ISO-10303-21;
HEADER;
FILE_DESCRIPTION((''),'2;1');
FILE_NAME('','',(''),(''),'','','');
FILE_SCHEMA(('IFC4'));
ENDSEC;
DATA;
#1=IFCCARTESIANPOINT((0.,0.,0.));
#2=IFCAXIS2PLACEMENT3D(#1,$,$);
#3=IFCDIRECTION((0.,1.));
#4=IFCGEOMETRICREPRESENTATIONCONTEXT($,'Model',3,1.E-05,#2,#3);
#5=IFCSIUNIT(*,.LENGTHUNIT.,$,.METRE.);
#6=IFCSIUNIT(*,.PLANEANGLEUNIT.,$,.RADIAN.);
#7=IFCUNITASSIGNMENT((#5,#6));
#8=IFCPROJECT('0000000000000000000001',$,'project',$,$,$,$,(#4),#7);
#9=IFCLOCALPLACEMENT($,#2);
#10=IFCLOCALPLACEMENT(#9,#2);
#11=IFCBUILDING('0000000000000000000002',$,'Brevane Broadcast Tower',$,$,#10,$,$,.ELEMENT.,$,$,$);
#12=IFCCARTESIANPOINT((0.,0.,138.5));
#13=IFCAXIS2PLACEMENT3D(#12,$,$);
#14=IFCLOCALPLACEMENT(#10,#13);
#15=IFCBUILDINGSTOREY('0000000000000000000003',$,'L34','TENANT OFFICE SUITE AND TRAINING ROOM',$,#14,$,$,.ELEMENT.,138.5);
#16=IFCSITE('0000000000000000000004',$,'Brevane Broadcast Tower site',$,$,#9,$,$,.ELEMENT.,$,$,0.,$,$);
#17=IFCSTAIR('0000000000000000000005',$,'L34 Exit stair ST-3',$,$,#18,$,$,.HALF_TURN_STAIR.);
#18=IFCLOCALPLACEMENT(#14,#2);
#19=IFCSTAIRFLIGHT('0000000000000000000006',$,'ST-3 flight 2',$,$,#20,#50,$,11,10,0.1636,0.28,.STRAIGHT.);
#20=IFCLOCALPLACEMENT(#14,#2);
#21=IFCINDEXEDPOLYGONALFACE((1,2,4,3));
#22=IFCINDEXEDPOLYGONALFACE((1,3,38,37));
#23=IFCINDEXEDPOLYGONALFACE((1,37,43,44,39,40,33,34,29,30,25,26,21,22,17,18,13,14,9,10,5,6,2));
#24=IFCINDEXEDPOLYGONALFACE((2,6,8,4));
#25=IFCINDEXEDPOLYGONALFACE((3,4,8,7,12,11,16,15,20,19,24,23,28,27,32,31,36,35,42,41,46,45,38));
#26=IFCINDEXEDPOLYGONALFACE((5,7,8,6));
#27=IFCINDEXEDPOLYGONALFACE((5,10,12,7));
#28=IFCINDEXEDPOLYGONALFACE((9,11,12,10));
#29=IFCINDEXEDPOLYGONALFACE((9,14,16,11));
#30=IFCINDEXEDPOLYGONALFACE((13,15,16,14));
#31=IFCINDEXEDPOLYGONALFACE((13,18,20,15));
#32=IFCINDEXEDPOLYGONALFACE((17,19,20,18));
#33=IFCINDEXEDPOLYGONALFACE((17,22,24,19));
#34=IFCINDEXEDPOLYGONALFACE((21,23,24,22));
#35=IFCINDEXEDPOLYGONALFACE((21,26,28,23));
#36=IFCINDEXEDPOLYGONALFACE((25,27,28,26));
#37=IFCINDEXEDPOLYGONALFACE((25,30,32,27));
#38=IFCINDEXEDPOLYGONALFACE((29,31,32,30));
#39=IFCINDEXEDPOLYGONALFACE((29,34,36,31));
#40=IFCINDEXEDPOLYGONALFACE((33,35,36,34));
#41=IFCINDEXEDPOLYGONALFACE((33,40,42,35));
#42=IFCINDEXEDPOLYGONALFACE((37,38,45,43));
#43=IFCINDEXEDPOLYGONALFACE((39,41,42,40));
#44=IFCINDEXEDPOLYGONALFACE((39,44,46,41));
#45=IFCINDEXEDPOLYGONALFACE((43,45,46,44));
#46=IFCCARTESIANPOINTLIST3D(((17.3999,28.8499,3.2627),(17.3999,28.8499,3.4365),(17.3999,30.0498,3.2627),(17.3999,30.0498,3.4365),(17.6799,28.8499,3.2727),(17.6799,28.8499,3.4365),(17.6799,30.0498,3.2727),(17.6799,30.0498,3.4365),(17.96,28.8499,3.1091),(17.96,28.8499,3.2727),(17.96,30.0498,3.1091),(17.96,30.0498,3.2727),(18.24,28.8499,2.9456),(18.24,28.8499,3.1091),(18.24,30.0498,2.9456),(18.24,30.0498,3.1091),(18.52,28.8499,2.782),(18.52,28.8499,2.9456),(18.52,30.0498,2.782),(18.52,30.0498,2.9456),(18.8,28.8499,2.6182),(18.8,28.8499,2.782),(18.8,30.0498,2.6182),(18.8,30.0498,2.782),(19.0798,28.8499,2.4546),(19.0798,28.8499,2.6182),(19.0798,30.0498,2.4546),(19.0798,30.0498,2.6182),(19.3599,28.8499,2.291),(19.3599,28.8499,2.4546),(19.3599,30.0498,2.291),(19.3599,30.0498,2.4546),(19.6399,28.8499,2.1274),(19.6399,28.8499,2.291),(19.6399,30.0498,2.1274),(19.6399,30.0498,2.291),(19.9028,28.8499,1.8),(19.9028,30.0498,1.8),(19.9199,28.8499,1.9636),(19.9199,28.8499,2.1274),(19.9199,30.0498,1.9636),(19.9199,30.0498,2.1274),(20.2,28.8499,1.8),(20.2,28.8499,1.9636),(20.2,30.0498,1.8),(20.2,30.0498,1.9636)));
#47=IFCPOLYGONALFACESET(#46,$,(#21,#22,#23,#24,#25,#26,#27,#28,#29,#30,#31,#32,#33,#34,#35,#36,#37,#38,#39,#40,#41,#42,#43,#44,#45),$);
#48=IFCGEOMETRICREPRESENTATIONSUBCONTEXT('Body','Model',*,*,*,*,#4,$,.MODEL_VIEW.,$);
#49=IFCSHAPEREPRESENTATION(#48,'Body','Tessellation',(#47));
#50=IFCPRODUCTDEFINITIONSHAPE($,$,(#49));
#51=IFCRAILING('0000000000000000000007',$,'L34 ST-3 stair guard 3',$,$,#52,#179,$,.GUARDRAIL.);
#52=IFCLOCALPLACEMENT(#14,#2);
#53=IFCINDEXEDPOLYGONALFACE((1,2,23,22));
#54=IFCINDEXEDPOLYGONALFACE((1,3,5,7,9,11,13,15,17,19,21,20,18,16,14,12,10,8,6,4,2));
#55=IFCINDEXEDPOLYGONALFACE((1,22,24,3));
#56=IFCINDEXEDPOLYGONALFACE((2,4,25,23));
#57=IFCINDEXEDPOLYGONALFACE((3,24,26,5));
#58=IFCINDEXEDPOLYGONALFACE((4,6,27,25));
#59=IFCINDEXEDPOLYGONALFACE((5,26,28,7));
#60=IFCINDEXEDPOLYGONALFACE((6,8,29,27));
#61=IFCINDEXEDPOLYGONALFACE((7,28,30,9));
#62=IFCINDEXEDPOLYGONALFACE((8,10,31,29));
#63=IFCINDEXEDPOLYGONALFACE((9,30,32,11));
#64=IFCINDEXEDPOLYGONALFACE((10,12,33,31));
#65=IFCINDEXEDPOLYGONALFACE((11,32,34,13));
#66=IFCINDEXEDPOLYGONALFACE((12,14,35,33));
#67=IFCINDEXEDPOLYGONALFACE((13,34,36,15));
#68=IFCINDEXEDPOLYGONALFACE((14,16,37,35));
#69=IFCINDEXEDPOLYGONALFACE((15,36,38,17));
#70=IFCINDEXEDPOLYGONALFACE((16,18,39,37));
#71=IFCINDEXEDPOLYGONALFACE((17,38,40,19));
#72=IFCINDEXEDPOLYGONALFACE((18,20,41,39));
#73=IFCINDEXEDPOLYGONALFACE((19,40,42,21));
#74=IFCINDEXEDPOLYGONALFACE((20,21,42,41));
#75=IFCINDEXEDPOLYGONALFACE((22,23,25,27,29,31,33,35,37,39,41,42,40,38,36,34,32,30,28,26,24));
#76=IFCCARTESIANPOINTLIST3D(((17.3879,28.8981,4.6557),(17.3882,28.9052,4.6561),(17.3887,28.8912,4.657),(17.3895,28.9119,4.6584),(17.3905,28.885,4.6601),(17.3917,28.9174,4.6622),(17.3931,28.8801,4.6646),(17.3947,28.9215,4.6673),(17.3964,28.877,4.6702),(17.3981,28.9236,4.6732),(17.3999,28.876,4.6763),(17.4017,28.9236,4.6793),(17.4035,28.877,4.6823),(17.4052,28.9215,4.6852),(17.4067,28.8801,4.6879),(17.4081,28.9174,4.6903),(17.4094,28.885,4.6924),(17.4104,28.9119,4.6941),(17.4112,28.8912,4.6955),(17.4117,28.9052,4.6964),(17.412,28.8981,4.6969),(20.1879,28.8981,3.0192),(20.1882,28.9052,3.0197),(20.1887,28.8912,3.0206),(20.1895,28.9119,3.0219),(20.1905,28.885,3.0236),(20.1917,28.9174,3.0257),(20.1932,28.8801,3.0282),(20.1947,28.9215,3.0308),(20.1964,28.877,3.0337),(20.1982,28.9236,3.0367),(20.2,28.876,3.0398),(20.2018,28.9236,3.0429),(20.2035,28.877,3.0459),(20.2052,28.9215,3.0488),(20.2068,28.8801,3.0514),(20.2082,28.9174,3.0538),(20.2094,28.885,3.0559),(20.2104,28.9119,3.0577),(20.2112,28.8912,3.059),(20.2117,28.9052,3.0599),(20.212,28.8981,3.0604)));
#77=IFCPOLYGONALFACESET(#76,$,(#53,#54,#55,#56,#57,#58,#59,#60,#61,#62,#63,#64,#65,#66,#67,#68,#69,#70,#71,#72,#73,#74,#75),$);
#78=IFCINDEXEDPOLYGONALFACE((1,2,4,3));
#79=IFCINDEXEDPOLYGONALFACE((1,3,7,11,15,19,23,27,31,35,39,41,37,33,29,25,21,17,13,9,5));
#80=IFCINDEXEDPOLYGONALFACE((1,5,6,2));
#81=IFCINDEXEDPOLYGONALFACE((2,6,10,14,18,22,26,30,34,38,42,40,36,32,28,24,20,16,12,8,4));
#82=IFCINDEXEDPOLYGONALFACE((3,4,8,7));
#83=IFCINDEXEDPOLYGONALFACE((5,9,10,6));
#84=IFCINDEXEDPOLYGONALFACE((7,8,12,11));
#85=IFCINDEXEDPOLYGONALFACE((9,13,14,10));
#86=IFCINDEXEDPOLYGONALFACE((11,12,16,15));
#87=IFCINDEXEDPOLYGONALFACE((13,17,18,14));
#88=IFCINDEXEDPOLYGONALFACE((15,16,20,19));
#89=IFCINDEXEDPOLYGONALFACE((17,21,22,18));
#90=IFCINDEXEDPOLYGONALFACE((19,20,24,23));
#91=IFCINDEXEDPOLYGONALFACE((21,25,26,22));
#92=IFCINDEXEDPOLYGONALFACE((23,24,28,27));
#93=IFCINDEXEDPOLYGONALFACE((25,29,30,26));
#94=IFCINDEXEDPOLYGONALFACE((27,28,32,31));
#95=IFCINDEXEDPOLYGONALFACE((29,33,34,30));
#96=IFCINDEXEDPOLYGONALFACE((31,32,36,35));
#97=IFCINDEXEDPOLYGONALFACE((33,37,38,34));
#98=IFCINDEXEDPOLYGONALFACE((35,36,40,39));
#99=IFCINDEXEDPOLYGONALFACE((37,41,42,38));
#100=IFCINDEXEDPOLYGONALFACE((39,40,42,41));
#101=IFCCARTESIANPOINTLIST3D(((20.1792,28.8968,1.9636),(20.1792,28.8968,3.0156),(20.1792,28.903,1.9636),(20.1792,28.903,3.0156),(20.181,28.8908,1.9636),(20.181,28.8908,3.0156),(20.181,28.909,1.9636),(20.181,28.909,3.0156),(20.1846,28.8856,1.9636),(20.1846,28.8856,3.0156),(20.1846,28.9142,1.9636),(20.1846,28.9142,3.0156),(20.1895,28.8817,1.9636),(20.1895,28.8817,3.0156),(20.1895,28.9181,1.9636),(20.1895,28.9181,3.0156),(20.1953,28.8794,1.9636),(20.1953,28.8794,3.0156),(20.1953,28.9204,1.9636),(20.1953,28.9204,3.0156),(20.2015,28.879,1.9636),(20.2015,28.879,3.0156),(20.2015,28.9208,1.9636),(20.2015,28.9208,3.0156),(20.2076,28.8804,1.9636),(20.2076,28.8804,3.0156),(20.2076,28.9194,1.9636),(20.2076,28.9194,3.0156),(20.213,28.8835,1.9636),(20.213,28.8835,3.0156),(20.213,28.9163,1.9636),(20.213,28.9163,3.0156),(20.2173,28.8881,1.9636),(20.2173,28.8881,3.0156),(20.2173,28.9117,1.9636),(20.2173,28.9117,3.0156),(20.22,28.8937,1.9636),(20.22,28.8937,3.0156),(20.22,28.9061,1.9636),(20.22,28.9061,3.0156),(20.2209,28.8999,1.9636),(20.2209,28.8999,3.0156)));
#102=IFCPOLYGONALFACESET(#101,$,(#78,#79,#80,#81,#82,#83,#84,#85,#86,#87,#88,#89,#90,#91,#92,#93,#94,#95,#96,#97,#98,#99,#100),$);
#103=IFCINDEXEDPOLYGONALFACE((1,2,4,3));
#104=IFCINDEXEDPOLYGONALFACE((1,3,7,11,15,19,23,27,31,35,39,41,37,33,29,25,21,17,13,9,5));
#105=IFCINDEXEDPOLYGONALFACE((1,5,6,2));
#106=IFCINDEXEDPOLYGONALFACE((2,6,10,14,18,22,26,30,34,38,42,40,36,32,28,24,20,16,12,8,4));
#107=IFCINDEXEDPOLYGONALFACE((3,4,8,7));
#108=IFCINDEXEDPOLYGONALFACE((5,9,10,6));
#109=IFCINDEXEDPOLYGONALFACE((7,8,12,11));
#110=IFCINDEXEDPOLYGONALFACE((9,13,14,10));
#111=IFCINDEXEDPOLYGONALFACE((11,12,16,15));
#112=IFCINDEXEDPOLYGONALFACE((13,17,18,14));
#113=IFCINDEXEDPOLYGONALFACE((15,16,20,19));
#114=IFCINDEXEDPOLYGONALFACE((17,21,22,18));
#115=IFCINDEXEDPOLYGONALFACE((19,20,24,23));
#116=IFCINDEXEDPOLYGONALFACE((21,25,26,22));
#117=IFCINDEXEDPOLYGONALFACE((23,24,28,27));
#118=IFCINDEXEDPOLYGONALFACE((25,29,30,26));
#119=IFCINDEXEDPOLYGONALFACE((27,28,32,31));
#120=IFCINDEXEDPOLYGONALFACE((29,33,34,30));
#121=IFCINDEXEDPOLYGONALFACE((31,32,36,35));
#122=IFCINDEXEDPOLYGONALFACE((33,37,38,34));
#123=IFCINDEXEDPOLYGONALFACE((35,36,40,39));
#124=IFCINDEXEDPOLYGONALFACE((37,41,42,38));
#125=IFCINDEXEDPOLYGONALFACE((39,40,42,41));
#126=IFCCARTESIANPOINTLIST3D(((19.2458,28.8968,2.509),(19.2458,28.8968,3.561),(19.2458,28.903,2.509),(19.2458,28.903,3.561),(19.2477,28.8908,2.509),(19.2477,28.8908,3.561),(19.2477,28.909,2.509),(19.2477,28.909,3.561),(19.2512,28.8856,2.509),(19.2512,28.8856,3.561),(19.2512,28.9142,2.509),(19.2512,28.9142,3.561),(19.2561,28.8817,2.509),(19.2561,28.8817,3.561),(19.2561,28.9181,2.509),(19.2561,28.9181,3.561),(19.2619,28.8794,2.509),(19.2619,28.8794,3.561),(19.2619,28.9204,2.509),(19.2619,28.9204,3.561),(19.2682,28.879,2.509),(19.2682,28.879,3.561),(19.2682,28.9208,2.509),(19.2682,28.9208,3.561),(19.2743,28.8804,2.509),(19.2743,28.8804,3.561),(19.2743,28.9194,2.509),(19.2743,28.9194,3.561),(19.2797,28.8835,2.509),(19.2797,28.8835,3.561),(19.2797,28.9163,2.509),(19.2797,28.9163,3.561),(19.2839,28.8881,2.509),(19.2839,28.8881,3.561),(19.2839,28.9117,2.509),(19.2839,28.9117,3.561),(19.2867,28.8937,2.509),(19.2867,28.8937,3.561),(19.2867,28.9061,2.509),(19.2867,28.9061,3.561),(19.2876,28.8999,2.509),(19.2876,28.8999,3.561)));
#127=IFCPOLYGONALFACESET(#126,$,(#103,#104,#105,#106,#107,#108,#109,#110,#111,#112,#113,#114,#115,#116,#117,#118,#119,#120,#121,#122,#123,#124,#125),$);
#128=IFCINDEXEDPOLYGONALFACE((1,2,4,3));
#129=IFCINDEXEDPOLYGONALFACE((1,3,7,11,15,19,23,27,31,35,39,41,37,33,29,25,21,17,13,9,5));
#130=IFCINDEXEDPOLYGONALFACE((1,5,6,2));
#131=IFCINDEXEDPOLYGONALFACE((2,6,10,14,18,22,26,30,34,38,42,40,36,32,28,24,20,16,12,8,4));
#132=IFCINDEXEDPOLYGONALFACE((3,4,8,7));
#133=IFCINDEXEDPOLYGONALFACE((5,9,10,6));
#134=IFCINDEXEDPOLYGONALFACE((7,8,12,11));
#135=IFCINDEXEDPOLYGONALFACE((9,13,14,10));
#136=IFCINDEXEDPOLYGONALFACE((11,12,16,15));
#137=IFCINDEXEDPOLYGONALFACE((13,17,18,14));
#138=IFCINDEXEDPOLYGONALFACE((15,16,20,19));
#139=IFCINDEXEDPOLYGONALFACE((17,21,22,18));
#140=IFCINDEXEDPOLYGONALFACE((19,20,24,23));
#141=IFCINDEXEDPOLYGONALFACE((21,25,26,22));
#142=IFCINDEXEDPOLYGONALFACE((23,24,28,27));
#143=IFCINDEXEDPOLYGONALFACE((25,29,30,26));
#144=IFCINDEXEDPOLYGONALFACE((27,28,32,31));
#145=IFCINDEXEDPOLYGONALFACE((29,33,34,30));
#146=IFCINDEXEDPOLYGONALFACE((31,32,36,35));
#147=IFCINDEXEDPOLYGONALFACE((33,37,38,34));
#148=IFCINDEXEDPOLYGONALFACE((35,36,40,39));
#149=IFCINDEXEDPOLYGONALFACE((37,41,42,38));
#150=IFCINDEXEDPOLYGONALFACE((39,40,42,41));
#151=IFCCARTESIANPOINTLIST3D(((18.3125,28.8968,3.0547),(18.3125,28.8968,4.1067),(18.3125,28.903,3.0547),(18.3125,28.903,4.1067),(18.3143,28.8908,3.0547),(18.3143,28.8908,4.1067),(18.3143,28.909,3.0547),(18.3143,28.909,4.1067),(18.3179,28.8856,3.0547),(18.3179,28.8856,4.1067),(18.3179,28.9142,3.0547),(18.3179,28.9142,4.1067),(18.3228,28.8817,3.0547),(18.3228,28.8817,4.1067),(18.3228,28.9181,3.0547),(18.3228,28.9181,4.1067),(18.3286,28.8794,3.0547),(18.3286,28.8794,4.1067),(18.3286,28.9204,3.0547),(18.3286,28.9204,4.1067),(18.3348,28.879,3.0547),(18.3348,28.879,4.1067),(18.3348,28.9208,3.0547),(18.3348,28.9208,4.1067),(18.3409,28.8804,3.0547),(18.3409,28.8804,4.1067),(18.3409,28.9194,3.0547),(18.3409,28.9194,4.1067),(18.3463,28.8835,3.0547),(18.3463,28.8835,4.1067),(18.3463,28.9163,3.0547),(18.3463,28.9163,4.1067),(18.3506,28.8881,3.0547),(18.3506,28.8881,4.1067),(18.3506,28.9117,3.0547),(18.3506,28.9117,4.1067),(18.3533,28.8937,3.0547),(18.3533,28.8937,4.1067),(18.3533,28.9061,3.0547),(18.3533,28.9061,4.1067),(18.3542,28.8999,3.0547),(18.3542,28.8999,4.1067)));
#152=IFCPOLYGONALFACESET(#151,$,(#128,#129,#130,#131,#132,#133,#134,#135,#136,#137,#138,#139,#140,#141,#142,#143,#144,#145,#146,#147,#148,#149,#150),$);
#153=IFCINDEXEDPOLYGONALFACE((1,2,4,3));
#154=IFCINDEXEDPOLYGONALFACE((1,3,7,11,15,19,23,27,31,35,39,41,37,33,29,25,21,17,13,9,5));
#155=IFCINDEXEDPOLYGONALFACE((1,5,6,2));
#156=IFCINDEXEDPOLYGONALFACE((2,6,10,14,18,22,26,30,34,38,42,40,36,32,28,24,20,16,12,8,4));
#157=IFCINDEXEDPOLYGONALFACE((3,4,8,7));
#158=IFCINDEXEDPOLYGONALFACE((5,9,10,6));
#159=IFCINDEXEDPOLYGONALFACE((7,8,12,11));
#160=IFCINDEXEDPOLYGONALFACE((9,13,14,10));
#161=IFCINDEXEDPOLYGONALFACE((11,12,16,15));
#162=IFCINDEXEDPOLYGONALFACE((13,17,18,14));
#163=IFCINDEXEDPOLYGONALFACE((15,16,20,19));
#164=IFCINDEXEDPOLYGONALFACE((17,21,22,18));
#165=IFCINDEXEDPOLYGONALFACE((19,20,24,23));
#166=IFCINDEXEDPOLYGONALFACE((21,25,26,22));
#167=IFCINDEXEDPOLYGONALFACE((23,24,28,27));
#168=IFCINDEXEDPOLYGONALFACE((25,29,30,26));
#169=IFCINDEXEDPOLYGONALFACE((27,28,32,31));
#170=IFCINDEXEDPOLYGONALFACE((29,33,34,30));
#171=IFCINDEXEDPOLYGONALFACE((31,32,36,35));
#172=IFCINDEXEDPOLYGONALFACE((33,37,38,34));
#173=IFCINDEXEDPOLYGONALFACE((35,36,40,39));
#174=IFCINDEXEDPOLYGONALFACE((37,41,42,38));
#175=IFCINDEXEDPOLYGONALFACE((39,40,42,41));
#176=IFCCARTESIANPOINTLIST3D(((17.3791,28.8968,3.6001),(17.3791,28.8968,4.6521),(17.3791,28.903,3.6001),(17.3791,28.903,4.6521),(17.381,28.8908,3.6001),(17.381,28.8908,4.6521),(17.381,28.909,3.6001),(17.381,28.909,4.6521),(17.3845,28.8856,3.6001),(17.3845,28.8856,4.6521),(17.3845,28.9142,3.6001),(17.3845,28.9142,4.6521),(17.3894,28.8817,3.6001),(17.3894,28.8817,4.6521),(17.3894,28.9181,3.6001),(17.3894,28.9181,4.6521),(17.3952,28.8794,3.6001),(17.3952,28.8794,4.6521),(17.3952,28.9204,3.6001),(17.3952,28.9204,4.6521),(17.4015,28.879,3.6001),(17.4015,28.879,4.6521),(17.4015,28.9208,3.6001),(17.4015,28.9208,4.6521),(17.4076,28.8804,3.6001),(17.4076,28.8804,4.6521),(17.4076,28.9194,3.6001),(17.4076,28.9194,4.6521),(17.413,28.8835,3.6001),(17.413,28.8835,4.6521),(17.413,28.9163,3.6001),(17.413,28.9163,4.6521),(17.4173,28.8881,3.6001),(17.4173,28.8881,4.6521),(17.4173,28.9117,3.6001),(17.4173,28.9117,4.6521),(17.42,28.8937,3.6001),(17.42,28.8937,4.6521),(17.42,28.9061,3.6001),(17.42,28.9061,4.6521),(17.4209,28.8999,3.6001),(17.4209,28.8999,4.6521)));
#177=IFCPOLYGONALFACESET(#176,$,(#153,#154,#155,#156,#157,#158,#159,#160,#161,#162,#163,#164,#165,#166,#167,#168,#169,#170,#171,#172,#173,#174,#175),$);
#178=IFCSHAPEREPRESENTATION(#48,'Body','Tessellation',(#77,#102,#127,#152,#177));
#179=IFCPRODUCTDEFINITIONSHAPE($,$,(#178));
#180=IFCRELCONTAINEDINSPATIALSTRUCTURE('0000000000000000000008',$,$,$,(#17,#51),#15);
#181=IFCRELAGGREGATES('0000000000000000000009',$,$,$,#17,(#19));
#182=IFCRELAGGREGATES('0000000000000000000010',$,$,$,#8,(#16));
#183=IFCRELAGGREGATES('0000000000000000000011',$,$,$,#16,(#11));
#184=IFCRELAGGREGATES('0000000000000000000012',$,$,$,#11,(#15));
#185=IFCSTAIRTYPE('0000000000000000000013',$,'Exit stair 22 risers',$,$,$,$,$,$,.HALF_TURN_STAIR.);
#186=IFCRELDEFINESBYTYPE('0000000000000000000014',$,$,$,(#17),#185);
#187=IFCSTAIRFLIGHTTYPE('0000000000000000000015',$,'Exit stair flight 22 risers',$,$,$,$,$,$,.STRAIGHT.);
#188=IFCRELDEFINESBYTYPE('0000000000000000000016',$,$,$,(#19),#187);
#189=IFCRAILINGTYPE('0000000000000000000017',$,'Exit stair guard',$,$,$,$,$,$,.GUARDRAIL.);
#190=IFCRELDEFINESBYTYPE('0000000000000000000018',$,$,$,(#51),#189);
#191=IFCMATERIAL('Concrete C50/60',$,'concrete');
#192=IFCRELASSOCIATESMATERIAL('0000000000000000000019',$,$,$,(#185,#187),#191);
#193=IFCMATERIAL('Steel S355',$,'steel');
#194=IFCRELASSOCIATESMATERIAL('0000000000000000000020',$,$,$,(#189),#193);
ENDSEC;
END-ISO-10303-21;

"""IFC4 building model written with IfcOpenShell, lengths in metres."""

from ifc_helpers import new_model, si_unit, direction, frame, origin, origin_2d, place, context, subcontext, project, spatial, polyline, circle, outline, extrude, material, type_object, element, aggregate, save


model = new_model("IFC4")

# Units and contexts
model_context = context("Model", 3, precision=1e-05, world=origin(), true_north=direction((0.0, 1.0)))
body_context = subcontext(model_context, "Body", "Model", "MODEL_VIEW")
ifc_project = project(units=[si_unit("LENGTHUNIT", "METRE"), si_unit("PLANEANGLEUNIT", "RADIAN")], contexts=[model_context])

# Site, building, storey
site_placement = place(None, origin())
site = spatial("IfcSite", under=ifc_project, at=site_placement, Name="Brevane Broadcast Tower site", CompositionType="ELEMENT", RefElevation=0.0)
building_placement = place(site_placement, origin())
building = spatial("IfcBuilding", under=site, at=building_placement, Name="Brevane Broadcast Tower", CompositionType="ELEMENT")
storey_placement = place(building_placement, frame((0.0, 0.0, 138.5)))
storey = spatial("IfcBuildingStorey", under=building, at=storey_placement, Name="L34", Description="TENANT OFFICE SUITE AND TRAINING ROOM", CompositionType="ELEMENT", Elevation=138.5)

# Stair, stair flight
ifc_material_1 = material(Name="Concrete C50/60", Category="concrete")
stair_type = type_object("IfcStairType", Name="Exit stair 22 risers", PredefinedType="HALF_TURN_STAIR", material=ifc_material_1)
stair_placement = place(storey_placement, origin())
stair = element("IfcStair", 1, at=stair_placement, inside=storey, type_object=stair_type, Name="L34 Exit stair ST-3", PredefinedType="HALF_TURN_STAIR")
stair_flight_type = type_object("IfcStairFlightType", Name="Exit stair flight 22 risers", PredefinedType="STRAIGHT", material=ifc_material_1)
stair_flight_placement = place(storey_placement, frame((20.2, 29.45, 1.8), z_axis=(0.0, 0.0, 1.0), x_axis=(-1.0, 0.0, 0.0)))
stair_flight = element("IfcStairFlight", 2, at=stair_flight_placement, type_object=stair_flight_type, Name="ST-3 flight 2", NumberOfRisers=11, NumberOfTreads=10, PredefinedType="STRAIGHT", RiserHeight=0.1636, TreadLength=0.28, context=body_context, shape_type="SweptSolid", body=[
    extrude(outline(polyline([(0.0, 0.0), (0.0, 0.1636), (0.28, 0.1636), (0.28, 0.3274), (0.5601, 0.3274), (0.5601, 0.491), (0.8401, 0.491), (0.8401, 0.6545), (1.1201, 0.6545), (1.1201, 0.8181), (1.3999, 0.8181), (1.3999, 0.9819), (1.6799, 0.9819), (1.6799, 1.1455), (1.96, 1.1455), (1.96, 1.3091), (2.24, 1.3091), (2.24, 1.4727), (2.52, 1.4727), (2.52, 1.6365), (2.8, 1.6365), (2.8, 1.8), (2.8, 1.4626), (0.2971, 0.0), (0.0, 0.0)])), frame((0.0, 0.6001, 0.0), z_axis=(0.0, -1.0, 0.0), x_axis=(1.0, 0.0, 0.0)), (0.0, 0.0, 1.0), 1.2),
])
aggregate(stair, [stair_flight])

# Railing
ifc_material_2 = material(Name="Steel S355", Category="steel")
railing_type_1 = type_object("IfcRailingType", Name="Exit stair guard", PredefinedType="GUARDRAIL", material=ifc_material_2)
railing_1_placement = place(storey_placement, frame((20.2, 28.8999, 1.9636)))
element("IfcRailing", 3, at=railing_1_placement, inside=storey, type_object=railing_type_1, Name="L34 ST-3 stair guard 3", PredefinedType="GUARDRAIL", context=body_context, shape_type="SweptSolid", body=[
    extrude(circle(Radius=0.0239, at=origin_2d()), frame((0.0, 0.0, 1.0762), z_axis=(-0.863361, 0.0, 0.504587), x_axis=(0.0, -1.0, 0.0)), (0.0, 0.0, 1.0), 3.2432),
    extrude(circle(Radius=0.021, at=origin_2d()), origin(), (0.0, 0.0, 1.0), 1.052),
    extrude(circle(Radius=0.021, at=origin_2d()), frame((-0.9333, 0.0, 0.5454)), (0.0, 0.0, 1.0), 1.052),
    extrude(circle(Radius=0.021, at=origin_2d()), frame((-1.8667, 0.0, 1.0911)), (0.0, 0.0, 1.0), 1.052),
    extrude(circle(Radius=0.021, at=origin_2d()), frame((-2.8, 0.0, 1.6365)), (0.0, 0.0, 1.0), 1.052),
])

save(model, "model.ifc")
